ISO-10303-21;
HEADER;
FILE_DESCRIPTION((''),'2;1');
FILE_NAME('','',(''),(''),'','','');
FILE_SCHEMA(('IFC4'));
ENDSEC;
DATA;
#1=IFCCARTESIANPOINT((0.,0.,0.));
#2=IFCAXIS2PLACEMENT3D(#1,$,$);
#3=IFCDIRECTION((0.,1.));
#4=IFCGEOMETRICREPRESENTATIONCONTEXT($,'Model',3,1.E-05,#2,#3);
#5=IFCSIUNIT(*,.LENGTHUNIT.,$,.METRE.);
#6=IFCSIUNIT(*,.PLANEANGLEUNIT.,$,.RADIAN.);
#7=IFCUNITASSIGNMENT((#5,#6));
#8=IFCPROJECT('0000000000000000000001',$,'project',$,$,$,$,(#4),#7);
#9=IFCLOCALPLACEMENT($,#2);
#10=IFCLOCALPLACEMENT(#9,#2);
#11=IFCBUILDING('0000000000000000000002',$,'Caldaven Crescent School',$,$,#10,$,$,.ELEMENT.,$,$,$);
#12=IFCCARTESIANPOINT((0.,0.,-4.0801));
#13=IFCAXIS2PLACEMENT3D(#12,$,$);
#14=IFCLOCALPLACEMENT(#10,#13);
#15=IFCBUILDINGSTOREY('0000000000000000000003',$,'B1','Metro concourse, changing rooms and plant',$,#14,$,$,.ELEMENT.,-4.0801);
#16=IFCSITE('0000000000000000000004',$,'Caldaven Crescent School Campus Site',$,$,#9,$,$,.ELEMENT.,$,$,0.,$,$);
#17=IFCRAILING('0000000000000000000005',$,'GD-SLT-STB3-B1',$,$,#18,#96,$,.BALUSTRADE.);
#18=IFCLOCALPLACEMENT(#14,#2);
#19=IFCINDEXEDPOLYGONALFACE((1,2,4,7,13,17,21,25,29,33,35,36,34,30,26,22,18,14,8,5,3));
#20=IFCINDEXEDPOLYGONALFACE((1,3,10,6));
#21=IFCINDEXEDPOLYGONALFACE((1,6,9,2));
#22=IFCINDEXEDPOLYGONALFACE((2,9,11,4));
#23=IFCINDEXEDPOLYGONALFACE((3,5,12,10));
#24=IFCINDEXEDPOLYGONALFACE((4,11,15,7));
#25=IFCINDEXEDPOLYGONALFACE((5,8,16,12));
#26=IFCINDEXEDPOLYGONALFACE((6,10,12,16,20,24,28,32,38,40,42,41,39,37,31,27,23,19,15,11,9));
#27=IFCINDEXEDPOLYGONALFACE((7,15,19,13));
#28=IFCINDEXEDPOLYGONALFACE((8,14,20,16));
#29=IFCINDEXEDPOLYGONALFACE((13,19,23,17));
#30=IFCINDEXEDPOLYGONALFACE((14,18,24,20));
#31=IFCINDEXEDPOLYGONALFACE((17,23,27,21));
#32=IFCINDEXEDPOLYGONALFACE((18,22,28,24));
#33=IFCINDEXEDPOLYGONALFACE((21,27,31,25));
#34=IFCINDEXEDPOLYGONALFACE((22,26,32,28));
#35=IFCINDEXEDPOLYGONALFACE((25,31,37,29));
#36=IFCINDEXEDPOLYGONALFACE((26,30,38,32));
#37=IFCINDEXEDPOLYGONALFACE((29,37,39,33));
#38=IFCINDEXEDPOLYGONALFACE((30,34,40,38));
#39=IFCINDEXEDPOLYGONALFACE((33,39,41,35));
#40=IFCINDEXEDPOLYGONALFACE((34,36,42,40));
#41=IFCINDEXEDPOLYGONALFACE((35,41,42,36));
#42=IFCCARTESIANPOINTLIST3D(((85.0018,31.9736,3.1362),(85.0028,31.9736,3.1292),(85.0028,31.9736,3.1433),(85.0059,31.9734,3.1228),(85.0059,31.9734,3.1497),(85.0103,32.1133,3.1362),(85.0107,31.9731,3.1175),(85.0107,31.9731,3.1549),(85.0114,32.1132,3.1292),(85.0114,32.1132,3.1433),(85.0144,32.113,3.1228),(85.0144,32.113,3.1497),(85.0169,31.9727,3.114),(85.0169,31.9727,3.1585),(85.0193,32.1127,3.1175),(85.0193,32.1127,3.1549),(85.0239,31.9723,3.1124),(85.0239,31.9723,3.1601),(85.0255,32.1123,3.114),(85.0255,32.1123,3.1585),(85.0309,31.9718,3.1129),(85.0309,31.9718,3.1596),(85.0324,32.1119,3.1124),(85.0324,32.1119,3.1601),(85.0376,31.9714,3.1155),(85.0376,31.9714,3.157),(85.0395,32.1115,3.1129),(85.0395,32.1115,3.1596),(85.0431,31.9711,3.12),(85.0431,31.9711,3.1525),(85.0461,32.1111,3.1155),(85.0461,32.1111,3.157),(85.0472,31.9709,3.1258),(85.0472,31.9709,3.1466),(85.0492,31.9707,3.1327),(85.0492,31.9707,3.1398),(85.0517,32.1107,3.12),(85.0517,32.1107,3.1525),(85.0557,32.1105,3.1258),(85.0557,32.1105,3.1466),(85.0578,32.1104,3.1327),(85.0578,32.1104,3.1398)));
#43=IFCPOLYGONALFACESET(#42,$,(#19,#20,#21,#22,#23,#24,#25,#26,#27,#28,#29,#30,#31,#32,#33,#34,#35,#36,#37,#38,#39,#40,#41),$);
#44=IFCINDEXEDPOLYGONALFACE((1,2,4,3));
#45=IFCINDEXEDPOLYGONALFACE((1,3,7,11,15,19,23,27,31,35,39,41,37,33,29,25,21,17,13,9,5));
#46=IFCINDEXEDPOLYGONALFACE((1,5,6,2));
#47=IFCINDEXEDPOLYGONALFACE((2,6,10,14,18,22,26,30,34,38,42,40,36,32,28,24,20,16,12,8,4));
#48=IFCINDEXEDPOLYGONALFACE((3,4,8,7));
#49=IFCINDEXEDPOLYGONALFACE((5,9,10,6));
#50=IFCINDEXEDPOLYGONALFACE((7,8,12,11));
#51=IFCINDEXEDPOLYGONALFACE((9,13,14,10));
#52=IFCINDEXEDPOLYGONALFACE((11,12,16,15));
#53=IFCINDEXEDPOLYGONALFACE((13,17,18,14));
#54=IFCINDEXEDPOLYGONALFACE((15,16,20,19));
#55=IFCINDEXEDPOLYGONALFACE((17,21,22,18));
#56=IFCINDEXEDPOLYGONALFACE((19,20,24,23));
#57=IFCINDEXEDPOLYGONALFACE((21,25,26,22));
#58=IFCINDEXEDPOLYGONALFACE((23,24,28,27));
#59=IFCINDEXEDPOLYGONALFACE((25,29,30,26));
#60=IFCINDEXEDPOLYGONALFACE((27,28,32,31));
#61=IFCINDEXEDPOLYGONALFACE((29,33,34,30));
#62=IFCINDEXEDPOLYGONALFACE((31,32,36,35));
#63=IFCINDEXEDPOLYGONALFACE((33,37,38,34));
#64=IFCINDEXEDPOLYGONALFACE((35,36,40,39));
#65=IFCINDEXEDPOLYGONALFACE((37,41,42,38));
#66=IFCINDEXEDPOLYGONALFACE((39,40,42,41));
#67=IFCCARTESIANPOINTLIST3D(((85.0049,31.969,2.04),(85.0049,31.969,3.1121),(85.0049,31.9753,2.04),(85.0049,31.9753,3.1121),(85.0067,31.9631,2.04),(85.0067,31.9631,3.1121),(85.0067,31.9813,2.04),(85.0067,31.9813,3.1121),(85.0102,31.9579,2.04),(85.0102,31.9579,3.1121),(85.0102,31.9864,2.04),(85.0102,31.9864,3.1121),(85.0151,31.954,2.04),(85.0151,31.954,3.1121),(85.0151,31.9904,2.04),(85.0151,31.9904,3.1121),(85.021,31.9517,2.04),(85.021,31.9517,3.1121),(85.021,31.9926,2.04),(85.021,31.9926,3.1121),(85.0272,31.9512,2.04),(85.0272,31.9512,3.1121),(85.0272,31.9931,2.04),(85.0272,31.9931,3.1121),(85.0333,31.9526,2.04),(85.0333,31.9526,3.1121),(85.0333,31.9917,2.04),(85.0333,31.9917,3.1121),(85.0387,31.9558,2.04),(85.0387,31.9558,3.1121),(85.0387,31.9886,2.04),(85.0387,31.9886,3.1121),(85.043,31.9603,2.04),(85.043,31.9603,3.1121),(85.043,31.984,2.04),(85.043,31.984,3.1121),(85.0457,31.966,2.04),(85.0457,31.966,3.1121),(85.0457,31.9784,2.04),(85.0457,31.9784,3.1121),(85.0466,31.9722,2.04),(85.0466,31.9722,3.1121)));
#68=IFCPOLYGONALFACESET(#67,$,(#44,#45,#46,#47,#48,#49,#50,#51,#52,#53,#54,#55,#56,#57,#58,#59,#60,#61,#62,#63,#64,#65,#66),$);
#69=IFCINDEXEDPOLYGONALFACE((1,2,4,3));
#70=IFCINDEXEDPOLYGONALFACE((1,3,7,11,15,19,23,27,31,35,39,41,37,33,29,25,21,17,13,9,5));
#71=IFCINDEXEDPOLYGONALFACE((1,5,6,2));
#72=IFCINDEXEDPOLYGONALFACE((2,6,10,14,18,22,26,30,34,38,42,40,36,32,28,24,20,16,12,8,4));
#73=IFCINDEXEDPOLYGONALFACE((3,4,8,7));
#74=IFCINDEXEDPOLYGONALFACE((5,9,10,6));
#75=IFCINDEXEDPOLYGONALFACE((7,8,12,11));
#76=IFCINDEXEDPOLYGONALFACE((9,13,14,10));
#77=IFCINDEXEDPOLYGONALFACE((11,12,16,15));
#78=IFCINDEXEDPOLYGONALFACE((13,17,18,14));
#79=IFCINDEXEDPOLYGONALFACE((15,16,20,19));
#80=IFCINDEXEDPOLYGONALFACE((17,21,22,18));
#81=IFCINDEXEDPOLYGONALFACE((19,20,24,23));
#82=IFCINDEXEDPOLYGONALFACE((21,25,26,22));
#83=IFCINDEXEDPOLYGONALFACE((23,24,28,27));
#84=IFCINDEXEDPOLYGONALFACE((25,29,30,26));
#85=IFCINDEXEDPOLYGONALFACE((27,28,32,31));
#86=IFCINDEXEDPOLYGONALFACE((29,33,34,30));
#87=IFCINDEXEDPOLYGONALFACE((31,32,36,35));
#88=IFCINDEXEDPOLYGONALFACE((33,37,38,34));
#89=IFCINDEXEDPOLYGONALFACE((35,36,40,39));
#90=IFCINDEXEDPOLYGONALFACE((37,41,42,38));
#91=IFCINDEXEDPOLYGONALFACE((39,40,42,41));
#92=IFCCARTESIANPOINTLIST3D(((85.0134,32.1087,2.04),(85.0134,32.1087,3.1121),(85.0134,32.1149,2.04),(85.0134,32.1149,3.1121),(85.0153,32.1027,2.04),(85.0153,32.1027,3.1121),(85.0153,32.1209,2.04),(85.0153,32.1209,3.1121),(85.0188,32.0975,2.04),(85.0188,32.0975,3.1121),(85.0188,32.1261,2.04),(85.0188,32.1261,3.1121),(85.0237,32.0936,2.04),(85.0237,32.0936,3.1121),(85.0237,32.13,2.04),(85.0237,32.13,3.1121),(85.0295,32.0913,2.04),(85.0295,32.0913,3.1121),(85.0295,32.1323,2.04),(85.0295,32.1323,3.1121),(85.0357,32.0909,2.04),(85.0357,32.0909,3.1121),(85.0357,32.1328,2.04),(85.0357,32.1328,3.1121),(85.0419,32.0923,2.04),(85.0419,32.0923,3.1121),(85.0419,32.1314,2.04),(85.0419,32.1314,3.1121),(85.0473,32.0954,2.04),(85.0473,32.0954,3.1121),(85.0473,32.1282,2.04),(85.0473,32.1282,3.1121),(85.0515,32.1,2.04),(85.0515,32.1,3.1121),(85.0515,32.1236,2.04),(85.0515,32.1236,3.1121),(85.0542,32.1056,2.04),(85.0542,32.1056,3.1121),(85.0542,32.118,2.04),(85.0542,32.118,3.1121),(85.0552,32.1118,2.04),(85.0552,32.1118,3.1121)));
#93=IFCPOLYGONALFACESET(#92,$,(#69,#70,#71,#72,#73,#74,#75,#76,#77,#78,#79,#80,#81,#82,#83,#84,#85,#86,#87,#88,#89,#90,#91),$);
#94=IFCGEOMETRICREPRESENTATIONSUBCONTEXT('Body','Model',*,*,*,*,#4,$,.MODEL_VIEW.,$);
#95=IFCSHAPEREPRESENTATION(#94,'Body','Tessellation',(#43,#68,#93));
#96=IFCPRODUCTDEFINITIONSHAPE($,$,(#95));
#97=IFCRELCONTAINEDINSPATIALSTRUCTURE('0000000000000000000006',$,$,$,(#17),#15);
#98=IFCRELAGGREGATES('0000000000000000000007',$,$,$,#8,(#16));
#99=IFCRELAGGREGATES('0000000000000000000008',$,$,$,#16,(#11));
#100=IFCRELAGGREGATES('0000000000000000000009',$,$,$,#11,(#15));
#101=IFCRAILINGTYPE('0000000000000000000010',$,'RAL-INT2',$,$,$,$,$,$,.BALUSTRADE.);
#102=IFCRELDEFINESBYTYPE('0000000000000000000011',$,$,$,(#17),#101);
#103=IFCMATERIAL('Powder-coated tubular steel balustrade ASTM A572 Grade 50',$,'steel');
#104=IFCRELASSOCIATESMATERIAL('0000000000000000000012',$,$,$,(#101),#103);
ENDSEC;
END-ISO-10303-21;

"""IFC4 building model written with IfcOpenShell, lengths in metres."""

from ifc_helpers import new_model, si_unit, direction, frame, origin, origin_2d, place, context, subcontext, project, spatial, circle, extrude, material, type_object, element, save


model = new_model("IFC4")

# Units and contexts
model_context = context("Model", 3, precision=1e-05, world=origin(), true_north=direction((0.0, 1.0)))
body_context = subcontext(model_context, "Body", "Model", "MODEL_VIEW")
ifc_project = project(units=[si_unit("LENGTHUNIT", "METRE"), si_unit("PLANEANGLEUNIT", "RADIAN")], contexts=[model_context])

# Site, building, storey
site_placement = place(None, origin())
site = spatial("IfcSite", under=ifc_project, at=site_placement, Name="Caldaven Crescent School Campus Site", CompositionType="ELEMENT", RefElevation=0.0)
building_placement = place(site_placement, origin())
building = spatial("IfcBuilding", under=site, at=building_placement, Name="Caldaven Crescent School", CompositionType="ELEMENT")
storey_placement = place(building_placement, frame((0.0, 0.0, -4.0801)))
storey = spatial("IfcBuildingStorey", under=building, at=storey_placement, Name="B1", Description="Metro concourse, changing rooms and plant", CompositionType="ELEMENT", Elevation=-4.0801)

# Railing
ifc_material_1 = material(Name="Powder-coated tubular steel balustrade ASTM A572 Grade 50", Category="steel")
railing_type_1 = type_object("IfcRailingType", Name="RAL-INT2", PredefinedType="BALUSTRADE", material=ifc_material_1)
railing_1_placement = place(storey_placement, frame((85.0256, 31.9722, 2.04)))
element("IfcRailing", 1, at=railing_1_placement, inside=storey, type_object=railing_type_1, Name="GD-SLT-STB3-B1", PredefinedType="BALUSTRADE", context=body_context, shape_type="SweptSolid", body=[
    extrude(circle(Radius=0.0239, at=origin_2d()), frame((0.0, 0.0, 1.0962), z_axis=(0.061075, 0.998133, 0.0), x_axis=(-0.998133, 0.061075, 0.0)), (0.0, 0.0, 1.0), 0.1399),
    extrude(circle(Radius=0.021, at=origin_2d()), origin(), (0.0, 0.0, 1.0), 1.072),
    extrude(circle(Radius=0.021, at=origin_2d()), frame((0.0085, 0.1396, 0.0)), (0.0, 0.0, 1.0), 1.072),
])

save(model, "model.ifc")
